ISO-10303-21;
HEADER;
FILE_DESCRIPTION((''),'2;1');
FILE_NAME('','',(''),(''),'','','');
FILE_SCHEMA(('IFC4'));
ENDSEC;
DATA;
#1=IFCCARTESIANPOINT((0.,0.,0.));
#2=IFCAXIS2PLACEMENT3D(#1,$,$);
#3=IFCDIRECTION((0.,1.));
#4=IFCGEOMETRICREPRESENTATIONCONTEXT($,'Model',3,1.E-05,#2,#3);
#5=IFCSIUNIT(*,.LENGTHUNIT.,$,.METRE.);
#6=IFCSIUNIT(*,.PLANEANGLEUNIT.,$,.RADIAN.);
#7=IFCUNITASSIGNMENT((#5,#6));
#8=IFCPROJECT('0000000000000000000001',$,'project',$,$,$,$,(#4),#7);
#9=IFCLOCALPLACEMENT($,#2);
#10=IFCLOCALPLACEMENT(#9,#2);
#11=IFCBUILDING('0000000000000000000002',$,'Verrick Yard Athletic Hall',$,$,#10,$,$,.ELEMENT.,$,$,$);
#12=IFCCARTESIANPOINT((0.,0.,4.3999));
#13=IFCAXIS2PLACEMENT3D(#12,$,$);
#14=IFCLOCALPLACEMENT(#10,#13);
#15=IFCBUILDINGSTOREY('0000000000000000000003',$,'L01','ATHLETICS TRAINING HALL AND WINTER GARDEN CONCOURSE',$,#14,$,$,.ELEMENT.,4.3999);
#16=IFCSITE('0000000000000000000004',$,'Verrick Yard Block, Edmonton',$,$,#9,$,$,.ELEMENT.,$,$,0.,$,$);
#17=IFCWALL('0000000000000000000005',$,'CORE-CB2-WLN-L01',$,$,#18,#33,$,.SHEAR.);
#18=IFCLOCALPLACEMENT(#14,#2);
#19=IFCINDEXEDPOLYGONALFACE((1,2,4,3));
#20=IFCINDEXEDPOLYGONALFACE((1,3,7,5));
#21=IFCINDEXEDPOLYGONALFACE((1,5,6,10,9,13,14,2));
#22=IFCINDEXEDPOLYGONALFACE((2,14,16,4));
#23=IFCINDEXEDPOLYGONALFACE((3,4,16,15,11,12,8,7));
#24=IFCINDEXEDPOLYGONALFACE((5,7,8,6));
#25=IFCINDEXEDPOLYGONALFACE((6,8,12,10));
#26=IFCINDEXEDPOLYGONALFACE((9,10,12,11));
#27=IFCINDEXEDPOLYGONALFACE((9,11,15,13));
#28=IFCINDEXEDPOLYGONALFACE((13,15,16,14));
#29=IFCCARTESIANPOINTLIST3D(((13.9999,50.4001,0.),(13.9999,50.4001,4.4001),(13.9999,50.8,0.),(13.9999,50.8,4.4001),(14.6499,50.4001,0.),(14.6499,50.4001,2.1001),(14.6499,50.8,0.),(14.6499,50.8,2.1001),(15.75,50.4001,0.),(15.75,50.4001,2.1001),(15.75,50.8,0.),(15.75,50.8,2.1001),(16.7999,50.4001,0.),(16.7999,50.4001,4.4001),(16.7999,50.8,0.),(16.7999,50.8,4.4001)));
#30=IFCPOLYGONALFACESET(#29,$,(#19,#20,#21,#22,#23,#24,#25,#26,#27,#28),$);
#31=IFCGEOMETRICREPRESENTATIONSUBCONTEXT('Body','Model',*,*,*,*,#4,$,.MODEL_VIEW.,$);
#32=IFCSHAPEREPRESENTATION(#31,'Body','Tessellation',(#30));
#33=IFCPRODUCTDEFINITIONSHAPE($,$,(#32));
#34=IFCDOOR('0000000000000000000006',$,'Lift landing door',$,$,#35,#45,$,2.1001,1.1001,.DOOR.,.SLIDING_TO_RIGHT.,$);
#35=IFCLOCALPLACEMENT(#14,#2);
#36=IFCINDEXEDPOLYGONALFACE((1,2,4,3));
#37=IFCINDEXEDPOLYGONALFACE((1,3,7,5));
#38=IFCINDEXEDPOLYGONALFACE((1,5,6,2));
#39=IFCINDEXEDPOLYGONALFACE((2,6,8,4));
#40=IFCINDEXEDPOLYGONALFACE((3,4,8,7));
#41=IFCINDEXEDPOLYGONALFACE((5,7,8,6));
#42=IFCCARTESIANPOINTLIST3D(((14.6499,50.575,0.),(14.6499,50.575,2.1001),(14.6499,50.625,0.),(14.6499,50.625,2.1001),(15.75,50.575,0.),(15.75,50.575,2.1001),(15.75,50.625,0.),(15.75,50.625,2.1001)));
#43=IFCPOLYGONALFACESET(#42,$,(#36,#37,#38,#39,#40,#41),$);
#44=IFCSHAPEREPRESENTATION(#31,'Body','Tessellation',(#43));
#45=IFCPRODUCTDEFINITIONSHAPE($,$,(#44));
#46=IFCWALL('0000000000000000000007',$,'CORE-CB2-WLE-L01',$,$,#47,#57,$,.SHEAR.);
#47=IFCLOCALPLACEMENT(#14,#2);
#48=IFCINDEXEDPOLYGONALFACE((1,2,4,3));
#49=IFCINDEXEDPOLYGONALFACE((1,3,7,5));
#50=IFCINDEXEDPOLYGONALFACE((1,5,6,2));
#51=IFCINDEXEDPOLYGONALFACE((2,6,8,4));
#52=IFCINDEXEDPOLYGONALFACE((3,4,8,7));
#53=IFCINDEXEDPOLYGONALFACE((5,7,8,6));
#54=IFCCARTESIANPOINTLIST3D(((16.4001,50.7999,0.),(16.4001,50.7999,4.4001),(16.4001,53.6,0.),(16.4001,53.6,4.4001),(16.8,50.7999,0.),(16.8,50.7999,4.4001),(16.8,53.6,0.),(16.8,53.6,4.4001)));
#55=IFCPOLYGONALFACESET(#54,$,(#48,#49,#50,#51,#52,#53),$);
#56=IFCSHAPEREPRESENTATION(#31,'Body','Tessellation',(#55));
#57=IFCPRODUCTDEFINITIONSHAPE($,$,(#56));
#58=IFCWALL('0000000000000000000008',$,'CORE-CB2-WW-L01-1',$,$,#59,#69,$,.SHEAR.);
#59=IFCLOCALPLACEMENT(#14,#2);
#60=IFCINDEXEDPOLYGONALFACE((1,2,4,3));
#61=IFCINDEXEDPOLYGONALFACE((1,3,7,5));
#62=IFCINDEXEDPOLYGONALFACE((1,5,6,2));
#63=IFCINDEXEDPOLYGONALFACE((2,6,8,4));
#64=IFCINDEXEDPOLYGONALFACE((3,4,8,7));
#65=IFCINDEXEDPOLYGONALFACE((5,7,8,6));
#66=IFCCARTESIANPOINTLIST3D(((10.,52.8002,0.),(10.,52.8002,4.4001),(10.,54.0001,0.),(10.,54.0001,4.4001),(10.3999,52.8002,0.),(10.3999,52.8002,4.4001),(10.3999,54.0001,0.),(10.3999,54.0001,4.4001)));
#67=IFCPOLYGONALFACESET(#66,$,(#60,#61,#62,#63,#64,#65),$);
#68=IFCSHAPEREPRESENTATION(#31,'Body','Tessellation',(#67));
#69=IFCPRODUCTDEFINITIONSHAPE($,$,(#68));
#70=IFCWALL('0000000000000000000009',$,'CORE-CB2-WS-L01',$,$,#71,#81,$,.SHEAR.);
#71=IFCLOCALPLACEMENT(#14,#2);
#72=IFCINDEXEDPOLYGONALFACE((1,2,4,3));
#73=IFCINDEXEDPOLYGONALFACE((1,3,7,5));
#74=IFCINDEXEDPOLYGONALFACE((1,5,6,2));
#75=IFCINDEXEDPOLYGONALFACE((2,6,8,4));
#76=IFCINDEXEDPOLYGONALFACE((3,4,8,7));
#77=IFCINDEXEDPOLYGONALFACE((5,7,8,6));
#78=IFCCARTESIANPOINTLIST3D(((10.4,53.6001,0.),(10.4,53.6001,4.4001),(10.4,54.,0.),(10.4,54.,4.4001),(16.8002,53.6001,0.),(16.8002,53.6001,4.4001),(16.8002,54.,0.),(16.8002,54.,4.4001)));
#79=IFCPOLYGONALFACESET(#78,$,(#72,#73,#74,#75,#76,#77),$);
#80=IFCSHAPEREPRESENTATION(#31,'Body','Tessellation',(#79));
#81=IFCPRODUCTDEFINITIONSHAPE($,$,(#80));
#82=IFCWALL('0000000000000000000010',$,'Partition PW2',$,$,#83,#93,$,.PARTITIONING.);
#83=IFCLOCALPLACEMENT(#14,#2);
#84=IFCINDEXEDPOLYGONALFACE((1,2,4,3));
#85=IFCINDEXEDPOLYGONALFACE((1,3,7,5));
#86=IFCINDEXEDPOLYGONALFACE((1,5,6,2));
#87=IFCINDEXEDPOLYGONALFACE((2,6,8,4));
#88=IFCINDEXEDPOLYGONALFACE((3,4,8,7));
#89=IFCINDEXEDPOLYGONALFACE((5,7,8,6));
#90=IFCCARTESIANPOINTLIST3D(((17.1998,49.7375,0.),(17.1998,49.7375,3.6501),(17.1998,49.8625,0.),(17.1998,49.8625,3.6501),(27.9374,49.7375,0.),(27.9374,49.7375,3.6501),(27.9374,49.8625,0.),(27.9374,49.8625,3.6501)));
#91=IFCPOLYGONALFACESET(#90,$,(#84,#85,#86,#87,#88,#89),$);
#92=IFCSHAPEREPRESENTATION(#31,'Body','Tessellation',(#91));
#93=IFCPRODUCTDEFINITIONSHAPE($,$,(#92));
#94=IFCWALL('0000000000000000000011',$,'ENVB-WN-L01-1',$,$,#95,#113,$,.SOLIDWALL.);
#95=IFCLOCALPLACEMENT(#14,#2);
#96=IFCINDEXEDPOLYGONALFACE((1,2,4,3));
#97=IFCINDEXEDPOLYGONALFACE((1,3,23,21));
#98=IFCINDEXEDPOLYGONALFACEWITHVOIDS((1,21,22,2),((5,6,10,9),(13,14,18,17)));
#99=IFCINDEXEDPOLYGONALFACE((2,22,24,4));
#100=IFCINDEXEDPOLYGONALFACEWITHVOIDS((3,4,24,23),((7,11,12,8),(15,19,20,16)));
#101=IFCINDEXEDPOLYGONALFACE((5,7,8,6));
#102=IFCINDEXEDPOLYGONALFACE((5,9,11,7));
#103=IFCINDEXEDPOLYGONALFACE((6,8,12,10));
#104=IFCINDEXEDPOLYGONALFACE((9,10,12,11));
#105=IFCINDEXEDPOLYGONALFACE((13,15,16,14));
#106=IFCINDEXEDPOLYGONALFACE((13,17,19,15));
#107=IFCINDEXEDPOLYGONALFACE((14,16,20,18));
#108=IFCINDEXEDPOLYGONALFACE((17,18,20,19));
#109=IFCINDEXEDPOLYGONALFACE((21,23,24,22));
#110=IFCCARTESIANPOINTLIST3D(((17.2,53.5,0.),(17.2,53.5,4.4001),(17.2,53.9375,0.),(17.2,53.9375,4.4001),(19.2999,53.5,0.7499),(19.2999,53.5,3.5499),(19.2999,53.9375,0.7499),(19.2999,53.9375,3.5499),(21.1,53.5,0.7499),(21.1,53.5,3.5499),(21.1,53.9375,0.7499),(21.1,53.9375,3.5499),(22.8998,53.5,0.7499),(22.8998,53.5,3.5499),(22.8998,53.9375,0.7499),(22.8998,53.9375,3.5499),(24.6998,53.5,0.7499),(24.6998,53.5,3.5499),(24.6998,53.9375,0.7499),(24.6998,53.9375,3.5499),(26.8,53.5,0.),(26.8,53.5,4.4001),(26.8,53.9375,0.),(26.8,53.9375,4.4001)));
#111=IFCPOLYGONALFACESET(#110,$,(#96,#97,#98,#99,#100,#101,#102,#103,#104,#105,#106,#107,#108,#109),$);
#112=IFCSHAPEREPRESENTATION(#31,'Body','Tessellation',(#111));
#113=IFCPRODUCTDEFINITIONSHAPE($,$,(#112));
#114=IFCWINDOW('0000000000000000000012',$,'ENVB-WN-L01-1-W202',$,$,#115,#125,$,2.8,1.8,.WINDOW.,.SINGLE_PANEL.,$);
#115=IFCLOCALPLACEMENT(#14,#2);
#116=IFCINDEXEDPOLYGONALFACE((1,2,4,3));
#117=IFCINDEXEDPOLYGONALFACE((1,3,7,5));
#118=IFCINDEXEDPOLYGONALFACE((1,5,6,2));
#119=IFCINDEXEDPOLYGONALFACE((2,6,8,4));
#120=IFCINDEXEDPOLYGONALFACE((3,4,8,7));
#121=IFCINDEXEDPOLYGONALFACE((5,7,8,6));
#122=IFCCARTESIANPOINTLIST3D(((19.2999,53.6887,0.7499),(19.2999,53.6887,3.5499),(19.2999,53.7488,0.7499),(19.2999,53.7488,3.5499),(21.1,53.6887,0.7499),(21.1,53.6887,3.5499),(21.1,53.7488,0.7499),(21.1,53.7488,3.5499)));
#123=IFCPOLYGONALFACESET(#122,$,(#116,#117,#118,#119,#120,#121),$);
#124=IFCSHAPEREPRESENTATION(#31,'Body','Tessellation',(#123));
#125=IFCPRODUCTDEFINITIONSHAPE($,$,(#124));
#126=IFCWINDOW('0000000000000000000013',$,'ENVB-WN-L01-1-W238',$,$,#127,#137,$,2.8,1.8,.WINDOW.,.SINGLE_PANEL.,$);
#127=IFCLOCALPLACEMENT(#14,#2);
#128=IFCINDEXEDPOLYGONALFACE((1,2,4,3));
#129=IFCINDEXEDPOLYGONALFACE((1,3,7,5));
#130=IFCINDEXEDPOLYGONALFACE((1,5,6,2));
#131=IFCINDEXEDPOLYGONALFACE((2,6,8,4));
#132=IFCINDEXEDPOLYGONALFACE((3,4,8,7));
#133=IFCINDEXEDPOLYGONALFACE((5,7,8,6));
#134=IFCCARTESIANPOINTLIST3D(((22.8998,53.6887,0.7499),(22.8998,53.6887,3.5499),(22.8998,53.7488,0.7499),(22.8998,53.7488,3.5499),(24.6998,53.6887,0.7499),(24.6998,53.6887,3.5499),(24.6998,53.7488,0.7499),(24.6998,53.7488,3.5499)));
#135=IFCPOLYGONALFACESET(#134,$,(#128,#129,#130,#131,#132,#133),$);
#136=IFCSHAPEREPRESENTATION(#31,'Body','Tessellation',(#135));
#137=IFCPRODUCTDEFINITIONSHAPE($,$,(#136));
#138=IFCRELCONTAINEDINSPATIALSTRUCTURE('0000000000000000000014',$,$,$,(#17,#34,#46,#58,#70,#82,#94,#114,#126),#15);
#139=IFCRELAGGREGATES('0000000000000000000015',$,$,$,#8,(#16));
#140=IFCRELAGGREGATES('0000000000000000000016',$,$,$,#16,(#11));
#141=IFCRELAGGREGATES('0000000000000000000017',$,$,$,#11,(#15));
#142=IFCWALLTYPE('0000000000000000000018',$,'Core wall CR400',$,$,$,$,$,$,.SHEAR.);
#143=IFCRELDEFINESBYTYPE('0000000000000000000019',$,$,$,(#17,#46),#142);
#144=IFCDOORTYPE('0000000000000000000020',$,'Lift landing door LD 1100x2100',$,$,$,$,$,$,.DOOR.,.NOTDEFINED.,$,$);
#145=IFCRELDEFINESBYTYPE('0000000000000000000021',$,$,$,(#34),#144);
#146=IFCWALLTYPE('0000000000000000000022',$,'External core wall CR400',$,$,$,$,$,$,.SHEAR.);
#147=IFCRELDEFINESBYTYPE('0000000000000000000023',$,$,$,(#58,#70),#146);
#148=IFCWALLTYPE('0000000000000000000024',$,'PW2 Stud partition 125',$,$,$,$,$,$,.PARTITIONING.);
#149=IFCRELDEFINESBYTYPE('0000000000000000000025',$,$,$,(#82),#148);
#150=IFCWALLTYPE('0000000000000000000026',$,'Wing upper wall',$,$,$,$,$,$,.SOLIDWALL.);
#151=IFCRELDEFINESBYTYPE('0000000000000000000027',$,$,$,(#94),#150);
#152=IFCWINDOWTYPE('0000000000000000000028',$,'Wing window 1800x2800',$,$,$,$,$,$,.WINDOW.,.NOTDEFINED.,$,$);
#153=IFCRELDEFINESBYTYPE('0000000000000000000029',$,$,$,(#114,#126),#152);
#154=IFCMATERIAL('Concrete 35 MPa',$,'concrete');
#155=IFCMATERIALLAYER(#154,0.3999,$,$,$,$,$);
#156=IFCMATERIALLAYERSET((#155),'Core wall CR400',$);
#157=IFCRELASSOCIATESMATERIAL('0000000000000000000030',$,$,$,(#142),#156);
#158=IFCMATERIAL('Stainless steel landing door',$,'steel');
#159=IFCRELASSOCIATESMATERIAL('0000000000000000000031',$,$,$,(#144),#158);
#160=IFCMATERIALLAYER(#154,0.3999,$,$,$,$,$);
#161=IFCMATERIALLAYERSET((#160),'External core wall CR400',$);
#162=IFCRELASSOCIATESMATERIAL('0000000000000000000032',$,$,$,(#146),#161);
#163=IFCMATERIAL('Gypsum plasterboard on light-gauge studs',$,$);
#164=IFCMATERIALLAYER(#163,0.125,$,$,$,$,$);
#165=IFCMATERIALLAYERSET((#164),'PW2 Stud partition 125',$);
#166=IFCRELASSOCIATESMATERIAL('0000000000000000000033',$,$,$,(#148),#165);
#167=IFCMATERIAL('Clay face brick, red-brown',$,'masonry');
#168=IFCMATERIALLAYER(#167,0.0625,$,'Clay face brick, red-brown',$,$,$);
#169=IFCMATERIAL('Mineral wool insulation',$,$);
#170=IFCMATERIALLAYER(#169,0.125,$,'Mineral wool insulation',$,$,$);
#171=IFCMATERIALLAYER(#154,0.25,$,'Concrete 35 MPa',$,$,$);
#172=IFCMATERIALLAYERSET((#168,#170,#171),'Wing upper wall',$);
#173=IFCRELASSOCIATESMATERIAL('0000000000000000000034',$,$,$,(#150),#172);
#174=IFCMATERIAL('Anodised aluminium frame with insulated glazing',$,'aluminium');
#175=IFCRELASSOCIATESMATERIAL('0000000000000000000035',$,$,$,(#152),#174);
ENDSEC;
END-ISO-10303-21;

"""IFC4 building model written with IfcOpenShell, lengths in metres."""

from ifc_helpers import new_model, si_unit, direction, frame, frame_2d, origin, place, context, subcontext, project, spatial, rectangle, extrude, material, layer, layer_set, type_object, element, fill, save


model = new_model("IFC4")

# Units and contexts
model_context = context("Model", 3, precision=1e-05, world=origin(), true_north=direction((0.0, 1.0)))
body_context = subcontext(model_context, "Body", "Model", "MODEL_VIEW")
ifc_project = project(units=[si_unit("LENGTHUNIT", "METRE"), si_unit("PLANEANGLEUNIT", "RADIAN")], contexts=[model_context])

# Site, building, storey
site_placement = place(None, origin())
site = spatial("IfcSite", under=ifc_project, at=site_placement, Name="Verrick Yard Block, Edmonton", CompositionType="ELEMENT", RefElevation=0.0)
building_placement = place(site_placement, origin())
building = spatial("IfcBuilding", under=site, at=building_placement, Name="Verrick Yard Athletic Hall", CompositionType="ELEMENT")
storey_placement = place(building_placement, frame((0.0, 0.0, 4.3999)))
storey = spatial("IfcBuildingStorey", under=building, at=storey_placement, Name="L01", Description="ATHLETICS TRAINING HALL AND WINTER GARDEN CONCOURSE", CompositionType="ELEMENT", Elevation=4.3999)

# Wall, opening, door
ifc_material_1 = material(Name="Concrete 35 MPa", Category="concrete")
ifc_layer_1 = layer(ifc_material_1, 0.3999)
ifc_layer_set_1 = layer_set([ifc_layer_1], Name="Core wall CR400")
wall_type_1 = type_object("IfcWallType", Name="Core wall CR400", PredefinedType="SHEAR", material=ifc_layer_set_1)
wall_1_placement = place(storey_placement, frame((14.0, 50.6001, 0.0), z_axis=(0.0, 0.0, 1.0), x_axis=(1.0, 0.0, 0.0)))
wall_1 = element("IfcWall", 1, at=wall_1_placement, inside=storey, type_object=wall_type_1, Name="CORE-CB2-WLN-L01", PredefinedType="SHEAR", context=body_context, shape_type="SweptSolid", body=[
    extrude(rectangle(XDim=2.8, YDim=0.3999, at=frame_2d((1.3999, 0.0))), origin(), (0.0, 0.0, 1.0), 4.4001),
])
opening_1_placement = place(wall_1_placement, frame((0.6499, 0.0, 0.0)))
opening_1 = element("IfcOpeningElement", 2, at=opening_1_placement, cuts=wall_1, PredefinedType="OPENING", context=body_context, shape_type="SweptSolid", body=[
    extrude(rectangle(XDim=1.1001, YDim=2.1001, at=frame_2d((0.55, 1.05))), frame((0.0, 0.21, 0.0), z_axis=(0.0, -1.0, 0.0), x_axis=(1.0, 0.0, 0.0)), (0.0, 0.0, 1.0), 0.4199),
])
ifc_material_2 = material(Name="Stainless steel landing door", Category="steel")
door_type = type_object("IfcDoorType", Name="Lift landing door LD 1100x2100", OperationType="NOTDEFINED", PredefinedType="DOOR", material=ifc_material_2)
door_placement = place(opening_1_placement, origin())
door = element("IfcDoor", 3, at=door_placement, inside=storey, type_object=door_type, Name="Lift landing door", OperationType="SLIDING_TO_RIGHT", OverallHeight=2.1001, OverallWidth=1.1001, PredefinedType="DOOR", context=body_context, shape_type="SweptSolid", body=[
    extrude(rectangle(XDim=1.1001, YDim=2.1001, at=frame_2d((0.55, 1.05))), frame((0.0, 0.0249, 0.0), z_axis=(0.0, -1.0, 0.0), x_axis=(1.0, 0.0, 0.0)), (0.0, 0.0, 1.0), 0.05),
])
fill(opening_1, door)

# Walls
wall_2_placement = place(storey_placement, frame((16.6001, 50.8, 0.0), z_axis=(0.0, 0.0, 1.0), x_axis=(0.0, 1.0, 0.0)))
element("IfcWall", 4, at=wall_2_placement, inside=storey, type_object=wall_type_1, Name="CORE-CB2-WLE-L01", PredefinedType="SHEAR", context=body_context, shape_type="SweptSolid", body=[
    extrude(rectangle(XDim=2.8, YDim=0.3999, at=frame_2d((1.3999, 0.0))), origin(), (0.0, 0.0, 1.0), 4.4001),
])
ifc_layer_2 = layer(ifc_material_1, 0.3999)
ifc_layer_set_2 = layer_set([ifc_layer_2], Name="External core wall CR400")
wall_type_2 = type_object("IfcWallType", Name="External core wall CR400", PredefinedType="SHEAR", material=ifc_layer_set_2)
wall_3_placement = place(storey_placement, frame((10.2, 52.8, 0.0), z_axis=(0.0, 0.0, 1.0), x_axis=(0.0, 1.0, 0.0)))
element("IfcWall", 5, at=wall_3_placement, inside=storey, type_object=wall_type_2, Name="CORE-CB2-WW-L01-1", PredefinedType="SHEAR", context=body_context, shape_type="SweptSolid", body=[
    extrude(rectangle(XDim=1.2, YDim=0.3999, at=frame_2d((0.6001, 0.0))), origin(), (0.0, 0.0, 1.0), 4.4001),
])
wall_4_placement = place(storey_placement, frame((10.3999, 53.8, 0.0), z_axis=(0.0, 0.0, 1.0), x_axis=(1.0, 0.0, 0.0)))
element("IfcWall", 6, at=wall_4_placement, inside=storey, type_object=wall_type_2, Name="CORE-CB2-WS-L01", PredefinedType="SHEAR", context=body_context, shape_type="SweptSolid", body=[
    extrude(rectangle(XDim=6.4001, YDim=0.3999, at=frame_2d((3.2002, 0.0))), origin(), (0.0, 0.0, 1.0), 4.4001),
])
ifc_material_3 = material(Name="Gypsum plasterboard on light-gauge studs")
ifc_layer_3 = layer(ifc_material_3, 0.125)
ifc_layer_set_3 = layer_set([ifc_layer_3], Name="PW2 Stud partition 125")
wall_type_3 = type_object("IfcWallType", Name="PW2 Stud partition 125", PredefinedType="PARTITIONING", material=ifc_layer_set_3)
wall_5_placement = place(storey_placement, frame((17.2, 49.8, 0.0), z_axis=(0.0, 0.0, 1.0), x_axis=(1.0, 0.0, 0.0)))
element("IfcWall", 7, at=wall_5_placement, inside=storey, type_object=wall_type_3, Name="Partition PW2", PredefinedType="PARTITIONING", context=body_context, shape_type="SweptSolid", body=[
    extrude(rectangle(XDim=10.7375, YDim=0.125, at=frame_2d((5.3687, 0.0))), origin(), (0.0, 0.0, 1.0), 3.6501),
])

# Wall, openings, windows
ifc_material_4 = material(Name="Clay face brick, red-brown", Category="masonry")
ifc_layer_4 = layer(ifc_material_4, 0.0625, Name="Clay face brick, red-brown")
ifc_material_5 = material(Name="Mineral wool insulation")
ifc_layer_5 = layer(ifc_material_5, 0.125, Name="Mineral wool insulation")
ifc_layer_6 = layer(ifc_material_1, 0.25, Name="Concrete 35 MPa")
ifc_layer_set_4 = layer_set([ifc_layer_4, ifc_layer_5, ifc_layer_6], Name="Wing upper wall")
wall_type_4 = type_object("IfcWallType", Name="Wing upper wall", PredefinedType="SOLIDWALL", material=ifc_layer_set_4)
wall_6_placement = place(storey_placement, frame((17.2, 53.7188, 0.0), z_axis=(0.0, 0.0, 1.0), x_axis=(1.0, 0.0, 0.0)))
wall_6 = element("IfcWall", 8, at=wall_6_placement, inside=storey, type_object=wall_type_4, Name="ENVB-WN-L01-1", PredefinedType="SOLIDWALL", context=body_context, shape_type="SweptSolid", body=[
    extrude(rectangle(XDim=9.6001, YDim=0.4375, at=frame_2d((4.8, 0.0))), origin(), (0.0, 0.0, 1.0), 4.4001),
])
opening_2_placement = place(wall_6_placement, frame((2.1001, 0.0, 0.75)))
opening_2 = element("IfcOpeningElement", 9, at=opening_2_placement, cuts=wall_6, PredefinedType="OPENING", context=body_context, shape_type="SweptSolid", body=[
    extrude(rectangle(XDim=1.8, YDim=2.8, at=frame_2d((0.8999, 1.3999))), frame((0.0, 0.2288, 0.0), z_axis=(0.0, -1.0, 0.0), x_axis=(1.0, 0.0, 0.0)), (0.0, 0.0, 1.0), 0.4575),
])
opening_3_placement = place(wall_6_placement, frame((5.7, 0.0, 0.75)))
opening_3 = element("IfcOpeningElement", 10, at=opening_3_placement, cuts=wall_6, PredefinedType="OPENING", context=body_context, shape_type="SweptSolid", body=[
    extrude(rectangle(XDim=1.8, YDim=2.8, at=frame_2d((0.8999, 1.3999))), frame((0.0, 0.2288, 0.0), z_axis=(0.0, -1.0, 0.0), x_axis=(1.0, 0.0, 0.0)), (0.0, 0.0, 1.0), 0.4575),
])
ifc_material_6 = material(Name="Anodised aluminium frame with insulated glazing", Category="aluminium")
window_type = type_object("IfcWindowType", Name="Wing window 1800x2800", PartitioningType="NOTDEFINED", PredefinedType="WINDOW", material=ifc_material_6)
window_1_placement = place(opening_2_placement, origin())
window_1 = element("IfcWindow", 11, at=window_1_placement, inside=storey, type_object=window_type, Name="ENVB-WN-L01-1-W202", OverallHeight=2.8, OverallWidth=1.8, PartitioningType="SINGLE_PANEL", PredefinedType="WINDOW", context=body_context, shape_type="SweptSolid", body=[
    extrude(rectangle(XDim=1.8, YDim=2.8, at=frame_2d((0.8999, 1.3999))), frame((0.0, 0.03, 0.0), z_axis=(0.0, -1.0, 0.0), x_axis=(1.0, 0.0, 0.0)), (0.0, 0.0, 1.0), 0.0601),
])
fill(opening_2, window_1)
window_2_placement = place(opening_3_placement, origin())
window_2 = element("IfcWindow", 12, at=window_2_placement, inside=storey, type_object=window_type, Name="ENVB-WN-L01-1-W238", OverallHeight=2.8, OverallWidth=1.8, PartitioningType="SINGLE_PANEL", PredefinedType="WINDOW", context=body_context, shape_type="SweptSolid", body=[
    extrude(rectangle(XDim=1.8, YDim=2.8, at=frame_2d((0.8999, 1.3999))), frame((0.0, 0.03, 0.0), z_axis=(0.0, -1.0, 0.0), x_axis=(1.0, 0.0, 0.0)), (0.0, 0.0, 1.0), 0.0601),
])
fill(opening_3, window_2)

save(model, "model.ifc")
